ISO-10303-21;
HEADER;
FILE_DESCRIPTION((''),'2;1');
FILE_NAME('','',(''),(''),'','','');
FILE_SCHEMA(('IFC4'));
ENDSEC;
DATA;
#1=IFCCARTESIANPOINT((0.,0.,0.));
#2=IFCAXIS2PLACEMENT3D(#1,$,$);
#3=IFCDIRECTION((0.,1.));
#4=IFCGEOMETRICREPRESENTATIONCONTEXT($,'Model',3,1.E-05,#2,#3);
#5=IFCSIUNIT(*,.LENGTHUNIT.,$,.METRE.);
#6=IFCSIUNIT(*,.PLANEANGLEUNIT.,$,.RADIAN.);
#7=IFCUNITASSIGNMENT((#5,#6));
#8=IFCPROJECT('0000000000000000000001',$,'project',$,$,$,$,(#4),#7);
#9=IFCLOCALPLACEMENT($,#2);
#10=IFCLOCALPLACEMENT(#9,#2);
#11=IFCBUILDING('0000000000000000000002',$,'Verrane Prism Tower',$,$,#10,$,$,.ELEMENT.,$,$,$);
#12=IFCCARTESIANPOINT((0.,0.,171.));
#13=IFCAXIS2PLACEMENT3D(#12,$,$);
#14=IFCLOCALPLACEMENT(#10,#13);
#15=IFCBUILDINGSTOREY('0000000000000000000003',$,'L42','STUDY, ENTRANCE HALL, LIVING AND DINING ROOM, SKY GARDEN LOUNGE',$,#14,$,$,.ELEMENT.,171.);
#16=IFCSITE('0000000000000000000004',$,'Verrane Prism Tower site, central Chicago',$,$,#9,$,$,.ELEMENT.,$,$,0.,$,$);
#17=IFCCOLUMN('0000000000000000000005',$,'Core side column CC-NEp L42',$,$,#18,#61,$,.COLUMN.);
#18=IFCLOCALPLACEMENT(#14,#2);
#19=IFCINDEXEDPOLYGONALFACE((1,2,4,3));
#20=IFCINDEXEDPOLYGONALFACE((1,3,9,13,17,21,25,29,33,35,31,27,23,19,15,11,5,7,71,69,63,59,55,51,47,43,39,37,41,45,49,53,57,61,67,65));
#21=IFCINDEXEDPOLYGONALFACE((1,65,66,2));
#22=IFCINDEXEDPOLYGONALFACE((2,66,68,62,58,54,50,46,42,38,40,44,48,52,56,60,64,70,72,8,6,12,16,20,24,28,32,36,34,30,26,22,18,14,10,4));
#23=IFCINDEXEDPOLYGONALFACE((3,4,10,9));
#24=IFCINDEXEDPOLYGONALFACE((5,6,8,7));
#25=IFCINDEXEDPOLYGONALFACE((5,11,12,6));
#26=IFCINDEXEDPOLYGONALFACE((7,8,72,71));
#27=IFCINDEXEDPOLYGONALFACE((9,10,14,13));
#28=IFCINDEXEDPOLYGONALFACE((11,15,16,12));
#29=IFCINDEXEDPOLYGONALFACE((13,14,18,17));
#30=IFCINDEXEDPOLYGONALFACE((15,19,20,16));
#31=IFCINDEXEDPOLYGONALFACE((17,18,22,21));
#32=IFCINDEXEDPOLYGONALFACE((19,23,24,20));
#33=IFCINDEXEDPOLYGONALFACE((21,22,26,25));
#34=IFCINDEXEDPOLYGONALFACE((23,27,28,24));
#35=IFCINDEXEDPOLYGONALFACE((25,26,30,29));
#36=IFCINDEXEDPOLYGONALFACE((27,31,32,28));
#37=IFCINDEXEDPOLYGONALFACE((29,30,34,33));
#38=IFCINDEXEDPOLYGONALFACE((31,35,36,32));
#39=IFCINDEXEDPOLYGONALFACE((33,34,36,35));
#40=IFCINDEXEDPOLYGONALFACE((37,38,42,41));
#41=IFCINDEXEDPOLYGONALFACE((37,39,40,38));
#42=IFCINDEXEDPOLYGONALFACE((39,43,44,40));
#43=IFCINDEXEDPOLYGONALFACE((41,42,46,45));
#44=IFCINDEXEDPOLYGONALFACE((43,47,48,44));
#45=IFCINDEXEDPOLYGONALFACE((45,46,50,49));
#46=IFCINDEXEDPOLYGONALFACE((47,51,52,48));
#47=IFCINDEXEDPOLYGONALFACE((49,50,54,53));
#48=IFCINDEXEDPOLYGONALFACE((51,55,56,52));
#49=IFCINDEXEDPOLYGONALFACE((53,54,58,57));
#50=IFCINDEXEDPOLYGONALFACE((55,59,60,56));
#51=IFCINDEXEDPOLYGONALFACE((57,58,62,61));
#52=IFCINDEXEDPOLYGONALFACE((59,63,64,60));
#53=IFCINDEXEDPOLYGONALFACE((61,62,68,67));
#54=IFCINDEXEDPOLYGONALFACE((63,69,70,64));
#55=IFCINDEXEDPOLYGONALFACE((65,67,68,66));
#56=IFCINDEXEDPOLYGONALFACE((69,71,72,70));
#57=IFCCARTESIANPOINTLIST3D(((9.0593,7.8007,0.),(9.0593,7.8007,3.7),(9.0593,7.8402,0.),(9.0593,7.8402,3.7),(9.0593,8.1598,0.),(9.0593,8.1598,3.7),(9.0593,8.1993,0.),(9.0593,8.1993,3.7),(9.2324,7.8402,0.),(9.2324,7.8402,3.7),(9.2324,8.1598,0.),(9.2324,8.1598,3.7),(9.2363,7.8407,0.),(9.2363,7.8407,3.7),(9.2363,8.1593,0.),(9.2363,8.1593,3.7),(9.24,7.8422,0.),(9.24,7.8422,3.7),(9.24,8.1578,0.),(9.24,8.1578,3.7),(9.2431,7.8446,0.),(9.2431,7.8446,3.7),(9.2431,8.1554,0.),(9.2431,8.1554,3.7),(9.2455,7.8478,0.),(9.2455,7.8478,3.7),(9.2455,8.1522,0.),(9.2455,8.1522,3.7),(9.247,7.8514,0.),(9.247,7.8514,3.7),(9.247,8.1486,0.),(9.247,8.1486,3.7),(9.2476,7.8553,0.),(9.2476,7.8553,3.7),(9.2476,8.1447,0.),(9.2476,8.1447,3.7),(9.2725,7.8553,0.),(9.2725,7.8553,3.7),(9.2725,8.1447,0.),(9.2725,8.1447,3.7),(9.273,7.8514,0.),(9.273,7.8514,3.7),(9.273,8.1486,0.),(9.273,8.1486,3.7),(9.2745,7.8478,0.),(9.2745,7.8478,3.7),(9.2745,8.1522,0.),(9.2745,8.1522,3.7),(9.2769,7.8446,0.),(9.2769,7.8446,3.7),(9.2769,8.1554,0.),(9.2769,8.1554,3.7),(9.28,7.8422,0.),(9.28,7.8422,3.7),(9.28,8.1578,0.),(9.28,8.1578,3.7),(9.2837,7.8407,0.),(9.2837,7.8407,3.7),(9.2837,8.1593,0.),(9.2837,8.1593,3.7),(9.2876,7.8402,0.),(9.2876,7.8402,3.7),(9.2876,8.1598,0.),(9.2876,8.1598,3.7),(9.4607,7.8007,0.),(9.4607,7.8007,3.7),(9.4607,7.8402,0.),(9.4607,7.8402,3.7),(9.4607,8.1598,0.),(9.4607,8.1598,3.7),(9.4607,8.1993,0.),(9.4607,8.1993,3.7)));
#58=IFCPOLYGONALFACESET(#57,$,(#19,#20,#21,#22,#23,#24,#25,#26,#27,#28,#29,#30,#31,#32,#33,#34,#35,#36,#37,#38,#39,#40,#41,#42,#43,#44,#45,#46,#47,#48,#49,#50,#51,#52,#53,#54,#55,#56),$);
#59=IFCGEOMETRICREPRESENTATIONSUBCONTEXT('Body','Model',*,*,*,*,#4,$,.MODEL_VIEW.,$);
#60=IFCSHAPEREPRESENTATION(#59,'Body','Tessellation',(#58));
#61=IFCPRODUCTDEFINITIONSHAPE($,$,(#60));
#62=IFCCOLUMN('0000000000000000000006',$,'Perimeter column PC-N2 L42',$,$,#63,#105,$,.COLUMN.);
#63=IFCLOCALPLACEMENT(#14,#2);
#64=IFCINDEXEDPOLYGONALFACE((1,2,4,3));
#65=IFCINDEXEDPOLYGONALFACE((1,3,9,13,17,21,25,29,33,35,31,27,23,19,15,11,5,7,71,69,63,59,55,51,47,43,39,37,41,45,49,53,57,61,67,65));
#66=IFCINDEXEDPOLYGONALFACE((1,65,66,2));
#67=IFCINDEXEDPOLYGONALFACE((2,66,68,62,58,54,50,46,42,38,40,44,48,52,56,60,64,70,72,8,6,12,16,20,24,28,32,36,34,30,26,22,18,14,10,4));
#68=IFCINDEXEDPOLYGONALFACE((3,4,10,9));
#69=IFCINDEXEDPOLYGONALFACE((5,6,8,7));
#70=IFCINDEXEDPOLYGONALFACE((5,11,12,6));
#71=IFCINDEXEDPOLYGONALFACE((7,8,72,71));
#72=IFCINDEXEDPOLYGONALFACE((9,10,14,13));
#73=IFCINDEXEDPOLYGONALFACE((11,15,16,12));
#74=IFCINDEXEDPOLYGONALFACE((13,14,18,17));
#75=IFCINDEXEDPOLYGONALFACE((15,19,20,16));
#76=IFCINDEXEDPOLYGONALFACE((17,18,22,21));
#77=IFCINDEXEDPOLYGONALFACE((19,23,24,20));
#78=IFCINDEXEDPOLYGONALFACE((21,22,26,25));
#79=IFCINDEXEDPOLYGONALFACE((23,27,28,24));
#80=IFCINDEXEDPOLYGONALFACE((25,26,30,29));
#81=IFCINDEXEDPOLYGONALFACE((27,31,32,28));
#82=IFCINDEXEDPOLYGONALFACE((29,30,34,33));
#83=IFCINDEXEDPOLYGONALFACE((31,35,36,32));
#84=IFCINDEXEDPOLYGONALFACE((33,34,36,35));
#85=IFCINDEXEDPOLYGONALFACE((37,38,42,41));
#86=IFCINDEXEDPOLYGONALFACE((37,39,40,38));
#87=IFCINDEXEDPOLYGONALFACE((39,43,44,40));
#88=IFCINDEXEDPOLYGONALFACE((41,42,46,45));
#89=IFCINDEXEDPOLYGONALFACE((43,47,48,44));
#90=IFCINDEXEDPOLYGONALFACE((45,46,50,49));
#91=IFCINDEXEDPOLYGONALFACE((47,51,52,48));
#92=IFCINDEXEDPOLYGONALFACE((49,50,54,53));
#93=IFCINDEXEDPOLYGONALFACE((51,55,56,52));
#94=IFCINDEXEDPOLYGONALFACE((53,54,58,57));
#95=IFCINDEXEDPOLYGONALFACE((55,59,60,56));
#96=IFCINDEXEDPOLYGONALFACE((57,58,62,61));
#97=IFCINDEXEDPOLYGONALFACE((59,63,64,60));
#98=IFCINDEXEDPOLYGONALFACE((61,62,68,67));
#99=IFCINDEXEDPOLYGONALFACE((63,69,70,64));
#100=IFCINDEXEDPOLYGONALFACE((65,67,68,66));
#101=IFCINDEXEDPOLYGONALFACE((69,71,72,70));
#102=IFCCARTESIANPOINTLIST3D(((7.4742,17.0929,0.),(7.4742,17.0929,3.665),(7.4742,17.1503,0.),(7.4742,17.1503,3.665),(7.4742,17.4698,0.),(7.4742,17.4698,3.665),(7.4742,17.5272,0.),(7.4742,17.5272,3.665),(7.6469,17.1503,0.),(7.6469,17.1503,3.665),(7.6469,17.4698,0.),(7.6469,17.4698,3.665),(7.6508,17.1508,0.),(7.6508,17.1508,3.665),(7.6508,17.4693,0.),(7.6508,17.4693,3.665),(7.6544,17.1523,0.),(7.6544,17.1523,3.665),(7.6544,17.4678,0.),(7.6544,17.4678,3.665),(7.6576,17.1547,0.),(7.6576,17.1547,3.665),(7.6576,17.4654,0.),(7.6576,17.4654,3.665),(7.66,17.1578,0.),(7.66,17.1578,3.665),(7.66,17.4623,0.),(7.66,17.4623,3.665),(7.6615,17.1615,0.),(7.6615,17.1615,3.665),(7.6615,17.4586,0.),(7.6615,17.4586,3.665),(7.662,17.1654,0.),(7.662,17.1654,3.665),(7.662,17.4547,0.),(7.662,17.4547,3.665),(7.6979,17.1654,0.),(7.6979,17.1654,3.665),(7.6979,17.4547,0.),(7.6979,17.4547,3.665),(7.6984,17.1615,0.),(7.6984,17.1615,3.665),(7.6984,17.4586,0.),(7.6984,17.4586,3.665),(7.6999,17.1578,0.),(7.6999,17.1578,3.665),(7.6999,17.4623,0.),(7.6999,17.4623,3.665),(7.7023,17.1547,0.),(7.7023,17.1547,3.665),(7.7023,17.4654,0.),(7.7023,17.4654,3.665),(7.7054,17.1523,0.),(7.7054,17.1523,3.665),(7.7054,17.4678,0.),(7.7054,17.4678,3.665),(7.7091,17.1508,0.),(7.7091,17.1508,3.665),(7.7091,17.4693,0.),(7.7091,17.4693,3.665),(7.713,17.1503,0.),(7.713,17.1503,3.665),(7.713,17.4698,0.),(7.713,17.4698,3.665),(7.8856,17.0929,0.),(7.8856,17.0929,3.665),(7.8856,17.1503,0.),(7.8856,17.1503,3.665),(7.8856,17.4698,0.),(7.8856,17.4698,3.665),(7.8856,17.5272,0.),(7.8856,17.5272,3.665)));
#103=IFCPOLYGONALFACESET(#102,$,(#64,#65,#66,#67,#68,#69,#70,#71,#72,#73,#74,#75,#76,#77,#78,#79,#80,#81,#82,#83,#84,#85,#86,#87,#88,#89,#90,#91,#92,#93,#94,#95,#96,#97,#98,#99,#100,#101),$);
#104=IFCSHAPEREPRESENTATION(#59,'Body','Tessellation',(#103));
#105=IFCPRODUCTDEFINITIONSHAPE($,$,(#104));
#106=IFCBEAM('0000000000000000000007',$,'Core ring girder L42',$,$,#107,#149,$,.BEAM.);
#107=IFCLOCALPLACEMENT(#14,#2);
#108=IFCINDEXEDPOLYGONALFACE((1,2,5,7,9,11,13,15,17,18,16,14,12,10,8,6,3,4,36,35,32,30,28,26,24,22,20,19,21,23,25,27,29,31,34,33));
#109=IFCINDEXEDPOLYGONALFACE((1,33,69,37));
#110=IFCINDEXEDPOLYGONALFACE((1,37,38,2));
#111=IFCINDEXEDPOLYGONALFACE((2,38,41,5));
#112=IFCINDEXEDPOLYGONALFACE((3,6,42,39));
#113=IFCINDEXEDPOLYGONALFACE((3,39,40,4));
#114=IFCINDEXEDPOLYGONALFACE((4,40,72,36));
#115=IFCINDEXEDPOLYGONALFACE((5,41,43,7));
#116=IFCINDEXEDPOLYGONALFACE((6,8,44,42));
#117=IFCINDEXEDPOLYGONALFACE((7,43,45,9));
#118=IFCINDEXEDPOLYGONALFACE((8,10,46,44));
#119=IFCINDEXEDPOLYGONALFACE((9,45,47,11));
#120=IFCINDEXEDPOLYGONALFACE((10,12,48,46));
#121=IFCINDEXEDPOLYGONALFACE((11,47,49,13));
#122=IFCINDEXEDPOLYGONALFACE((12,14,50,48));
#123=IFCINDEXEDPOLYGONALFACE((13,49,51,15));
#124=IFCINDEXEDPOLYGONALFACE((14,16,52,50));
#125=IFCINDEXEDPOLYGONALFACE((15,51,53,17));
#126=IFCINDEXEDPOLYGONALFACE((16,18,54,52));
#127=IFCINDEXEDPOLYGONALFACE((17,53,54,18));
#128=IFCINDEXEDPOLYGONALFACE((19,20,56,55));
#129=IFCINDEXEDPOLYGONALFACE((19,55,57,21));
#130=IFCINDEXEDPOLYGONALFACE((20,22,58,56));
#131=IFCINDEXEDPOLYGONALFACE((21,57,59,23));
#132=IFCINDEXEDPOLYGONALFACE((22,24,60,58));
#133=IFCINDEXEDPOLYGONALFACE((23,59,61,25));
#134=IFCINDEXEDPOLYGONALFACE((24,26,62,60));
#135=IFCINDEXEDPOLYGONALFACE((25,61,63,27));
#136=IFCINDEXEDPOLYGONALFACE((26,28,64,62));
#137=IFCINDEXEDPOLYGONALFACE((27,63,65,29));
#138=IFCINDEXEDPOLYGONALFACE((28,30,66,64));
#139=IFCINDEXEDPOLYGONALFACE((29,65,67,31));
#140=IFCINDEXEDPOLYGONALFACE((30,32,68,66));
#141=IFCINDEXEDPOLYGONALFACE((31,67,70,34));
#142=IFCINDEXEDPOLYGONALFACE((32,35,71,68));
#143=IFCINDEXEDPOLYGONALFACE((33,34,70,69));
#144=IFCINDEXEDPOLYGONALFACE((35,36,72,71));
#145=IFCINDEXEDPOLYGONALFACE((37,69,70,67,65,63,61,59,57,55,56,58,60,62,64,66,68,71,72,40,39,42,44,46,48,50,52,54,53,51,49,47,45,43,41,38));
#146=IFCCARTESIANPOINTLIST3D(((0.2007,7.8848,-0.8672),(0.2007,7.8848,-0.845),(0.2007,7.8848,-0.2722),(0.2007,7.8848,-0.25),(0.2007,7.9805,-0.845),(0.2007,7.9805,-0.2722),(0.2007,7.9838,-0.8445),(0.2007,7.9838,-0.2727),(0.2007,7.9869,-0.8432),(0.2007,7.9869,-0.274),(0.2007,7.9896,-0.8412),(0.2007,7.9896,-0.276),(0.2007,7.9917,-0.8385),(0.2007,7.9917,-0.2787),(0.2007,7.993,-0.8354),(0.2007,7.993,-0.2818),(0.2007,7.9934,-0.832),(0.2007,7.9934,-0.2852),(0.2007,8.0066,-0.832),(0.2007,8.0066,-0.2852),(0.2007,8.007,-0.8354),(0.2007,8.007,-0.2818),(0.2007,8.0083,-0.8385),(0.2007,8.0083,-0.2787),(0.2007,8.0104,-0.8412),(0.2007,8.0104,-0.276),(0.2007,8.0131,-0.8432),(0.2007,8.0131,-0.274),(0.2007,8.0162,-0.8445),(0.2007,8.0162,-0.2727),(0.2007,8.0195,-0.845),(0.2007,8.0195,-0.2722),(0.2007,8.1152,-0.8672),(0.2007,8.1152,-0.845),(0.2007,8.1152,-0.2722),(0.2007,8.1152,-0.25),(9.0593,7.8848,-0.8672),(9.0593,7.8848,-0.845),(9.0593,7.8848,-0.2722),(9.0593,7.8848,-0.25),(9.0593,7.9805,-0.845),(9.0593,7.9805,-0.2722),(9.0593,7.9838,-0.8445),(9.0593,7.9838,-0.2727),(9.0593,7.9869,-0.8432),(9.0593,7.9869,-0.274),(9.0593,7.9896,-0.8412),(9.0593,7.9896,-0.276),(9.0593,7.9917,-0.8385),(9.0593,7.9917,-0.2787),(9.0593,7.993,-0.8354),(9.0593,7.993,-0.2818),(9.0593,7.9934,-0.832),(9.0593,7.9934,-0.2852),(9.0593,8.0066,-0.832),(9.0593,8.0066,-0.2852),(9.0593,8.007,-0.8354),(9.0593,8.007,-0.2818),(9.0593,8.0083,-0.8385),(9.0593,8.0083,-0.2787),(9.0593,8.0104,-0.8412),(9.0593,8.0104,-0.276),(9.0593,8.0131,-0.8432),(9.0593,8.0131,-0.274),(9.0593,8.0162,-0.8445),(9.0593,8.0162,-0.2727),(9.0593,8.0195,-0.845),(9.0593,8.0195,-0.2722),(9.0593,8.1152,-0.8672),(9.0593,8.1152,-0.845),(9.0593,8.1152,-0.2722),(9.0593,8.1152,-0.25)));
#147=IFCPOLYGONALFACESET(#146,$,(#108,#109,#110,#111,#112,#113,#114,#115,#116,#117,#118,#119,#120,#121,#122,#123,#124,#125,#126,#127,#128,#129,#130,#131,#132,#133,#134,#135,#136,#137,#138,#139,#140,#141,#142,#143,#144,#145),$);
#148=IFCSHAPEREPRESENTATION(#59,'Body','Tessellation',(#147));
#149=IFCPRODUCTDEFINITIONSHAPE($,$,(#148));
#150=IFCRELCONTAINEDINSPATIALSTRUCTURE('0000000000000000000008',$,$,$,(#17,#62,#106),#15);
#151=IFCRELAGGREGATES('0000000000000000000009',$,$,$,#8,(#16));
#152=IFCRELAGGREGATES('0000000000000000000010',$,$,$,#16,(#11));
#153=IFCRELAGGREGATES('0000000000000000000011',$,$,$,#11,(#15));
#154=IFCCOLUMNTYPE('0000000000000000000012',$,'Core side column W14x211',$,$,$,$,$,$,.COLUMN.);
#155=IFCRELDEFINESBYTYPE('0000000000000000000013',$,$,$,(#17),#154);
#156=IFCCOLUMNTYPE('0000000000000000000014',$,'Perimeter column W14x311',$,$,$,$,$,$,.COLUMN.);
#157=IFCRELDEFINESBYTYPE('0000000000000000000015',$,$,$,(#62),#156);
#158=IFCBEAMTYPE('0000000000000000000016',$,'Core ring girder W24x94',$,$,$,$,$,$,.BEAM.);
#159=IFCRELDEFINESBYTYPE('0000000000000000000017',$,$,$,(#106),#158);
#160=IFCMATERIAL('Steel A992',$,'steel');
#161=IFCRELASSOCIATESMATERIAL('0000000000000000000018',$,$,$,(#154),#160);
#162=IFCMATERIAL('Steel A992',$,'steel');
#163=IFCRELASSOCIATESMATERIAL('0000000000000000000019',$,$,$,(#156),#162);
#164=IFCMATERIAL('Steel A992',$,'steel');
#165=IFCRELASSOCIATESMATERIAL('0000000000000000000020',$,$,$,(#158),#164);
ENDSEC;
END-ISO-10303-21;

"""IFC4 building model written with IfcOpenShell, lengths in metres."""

from ifc_helpers import new_model, si_unit, direction, frame, origin, origin_2d, place, context, subcontext, project, spatial, i_section, extrude, material, material_profile, profile_set, type_object, element, save


model = new_model("IFC4")

# Units and contexts
model_context = context("Model", 3, precision=1e-05, world=origin(), true_north=direction((0.0, 1.0)))
body_context = subcontext(model_context, "Body", "Model", "MODEL_VIEW")
ifc_project = project(units=[si_unit("LENGTHUNIT", "METRE"), si_unit("PLANEANGLEUNIT", "RADIAN")], contexts=[model_context])

# Site, building, storey
site_placement = place(None, origin())
site = spatial("IfcSite", under=ifc_project, at=site_placement, Name="Verrane Prism Tower site, central Chicago", CompositionType="ELEMENT", RefElevation=0.0)
building_placement = place(site_placement, origin())
building = spatial("IfcBuilding", under=site, at=building_placement, Name="Verrane Prism Tower", CompositionType="ELEMENT")
storey_placement = place(building_placement, frame((0.0, 0.0, 171.0)))
storey = spatial("IfcBuildingStorey", under=building, at=storey_placement, Name="L42", Description="STUDY, ENTRANCE HALL, LIVING AND DINING ROOM, SKY GARDEN LOUNGE", CompositionType="ELEMENT", Elevation=171.0)

# Columns
ifc_material_1 = material(Name="Steel A992", Category="steel")
ifc_material_profile_1 = material_profile(ifc_material_1, i_section(OverallWidth=0.4014, OverallDepth=0.3987, WebThickness=0.0249, FlangeThickness=0.0396, FilletRadius=0.0151, at=origin_2d()), Name="W14x211")
ifc_profile_set_1 = profile_set([ifc_material_profile_1], Name="Steel A992")
column_type_1 = type_object("IfcColumnType", Name="Core side column W14x211", PredefinedType="COLUMN", material=ifc_profile_set_1)
column_1_placement = place(storey_placement, frame((9.26, 8.0, 0.0), z_axis=(0.0, 0.0, 1.0), x_axis=(1.0, 0.0, 0.0)))
element("IfcColumn", 1, at=column_1_placement, inside=storey, type_object=column_type_1, Name="Core side column CC-NEp L42", PredefinedType="COLUMN", context=body_context, shape_type="SweptSolid", body=[
    extrude(i_section(OverallWidth=0.4014, OverallDepth=0.3987, WebThickness=0.0249, FlangeThickness=0.0396, FilletRadius=0.0151, at=origin_2d()), origin(), (0.0, 0.0, 1.0), 3.7),
])
ifc_material_2 = material(Name="Steel A992", Category="steel")
ifc_material_profile_2 = material_profile(ifc_material_2, i_section(OverallWidth=0.4114, OverallDepth=0.4343, WebThickness=0.0359, FlangeThickness=0.0574, FilletRadius=0.0151, at=origin_2d()), Name="W14x311")
ifc_profile_set_2 = profile_set([ifc_material_profile_2], Name="Steel A992")
column_type_2 = type_object("IfcColumnType", Name="Perimeter column W14x311", PredefinedType="COLUMN", material=ifc_profile_set_2)
column_2_placement = place(storey_placement, frame((7.6799, 17.3101, 0.0), z_axis=(0.0, 0.0, 1.0), x_axis=(1.0, 0.0, 0.0)))
element("IfcColumn", 2, at=column_2_placement, inside=storey, type_object=column_type_2, Name="Perimeter column PC-N2 L42", PredefinedType="COLUMN", context=body_context, shape_type="SweptSolid", body=[
    extrude(i_section(OverallWidth=0.4114, OverallDepth=0.4343, WebThickness=0.0359, FlangeThickness=0.0574, FilletRadius=0.0151, at=origin_2d()), origin(), (0.0, 0.0, 1.0), 3.665),
])

# Beam
ifc_material_3 = material(Name="Steel A992", Category="steel")
ifc_material_profile_3 = material_profile(ifc_material_3, i_section(OverallWidth=0.2305, OverallDepth=0.6172, WebThickness=0.0132, FlangeThickness=0.0222, FilletRadius=0.0129, at=origin_2d()), Name="W24x94")
ifc_profile_set_3 = profile_set([ifc_material_profile_3], Name="Steel A992")
beam_type_1 = type_object("IfcBeamType", Name="Core ring girder W24x94", PredefinedType="BEAM", material=ifc_profile_set_3)
beam_1_placement = place(storey_placement, frame((9.0593, 8.0, -0.5586), z_axis=(-1.0, 0.0, 0.0), x_axis=(0.0, -1.0, 0.0)))
element("IfcBeam", 3, at=beam_1_placement, inside=storey, type_object=beam_type_1, Name="Core ring girder L42", PredefinedType="BEAM", context=body_context, shape_type="SweptSolid", body=[
    extrude(i_section(OverallWidth=0.2305, OverallDepth=0.6172, WebThickness=0.0132, FlangeThickness=0.0222, FilletRadius=0.0129, at=origin_2d()), origin(), (0.0, 0.0, 1.0), 8.8586),
])

save(model, "model.ifc")
